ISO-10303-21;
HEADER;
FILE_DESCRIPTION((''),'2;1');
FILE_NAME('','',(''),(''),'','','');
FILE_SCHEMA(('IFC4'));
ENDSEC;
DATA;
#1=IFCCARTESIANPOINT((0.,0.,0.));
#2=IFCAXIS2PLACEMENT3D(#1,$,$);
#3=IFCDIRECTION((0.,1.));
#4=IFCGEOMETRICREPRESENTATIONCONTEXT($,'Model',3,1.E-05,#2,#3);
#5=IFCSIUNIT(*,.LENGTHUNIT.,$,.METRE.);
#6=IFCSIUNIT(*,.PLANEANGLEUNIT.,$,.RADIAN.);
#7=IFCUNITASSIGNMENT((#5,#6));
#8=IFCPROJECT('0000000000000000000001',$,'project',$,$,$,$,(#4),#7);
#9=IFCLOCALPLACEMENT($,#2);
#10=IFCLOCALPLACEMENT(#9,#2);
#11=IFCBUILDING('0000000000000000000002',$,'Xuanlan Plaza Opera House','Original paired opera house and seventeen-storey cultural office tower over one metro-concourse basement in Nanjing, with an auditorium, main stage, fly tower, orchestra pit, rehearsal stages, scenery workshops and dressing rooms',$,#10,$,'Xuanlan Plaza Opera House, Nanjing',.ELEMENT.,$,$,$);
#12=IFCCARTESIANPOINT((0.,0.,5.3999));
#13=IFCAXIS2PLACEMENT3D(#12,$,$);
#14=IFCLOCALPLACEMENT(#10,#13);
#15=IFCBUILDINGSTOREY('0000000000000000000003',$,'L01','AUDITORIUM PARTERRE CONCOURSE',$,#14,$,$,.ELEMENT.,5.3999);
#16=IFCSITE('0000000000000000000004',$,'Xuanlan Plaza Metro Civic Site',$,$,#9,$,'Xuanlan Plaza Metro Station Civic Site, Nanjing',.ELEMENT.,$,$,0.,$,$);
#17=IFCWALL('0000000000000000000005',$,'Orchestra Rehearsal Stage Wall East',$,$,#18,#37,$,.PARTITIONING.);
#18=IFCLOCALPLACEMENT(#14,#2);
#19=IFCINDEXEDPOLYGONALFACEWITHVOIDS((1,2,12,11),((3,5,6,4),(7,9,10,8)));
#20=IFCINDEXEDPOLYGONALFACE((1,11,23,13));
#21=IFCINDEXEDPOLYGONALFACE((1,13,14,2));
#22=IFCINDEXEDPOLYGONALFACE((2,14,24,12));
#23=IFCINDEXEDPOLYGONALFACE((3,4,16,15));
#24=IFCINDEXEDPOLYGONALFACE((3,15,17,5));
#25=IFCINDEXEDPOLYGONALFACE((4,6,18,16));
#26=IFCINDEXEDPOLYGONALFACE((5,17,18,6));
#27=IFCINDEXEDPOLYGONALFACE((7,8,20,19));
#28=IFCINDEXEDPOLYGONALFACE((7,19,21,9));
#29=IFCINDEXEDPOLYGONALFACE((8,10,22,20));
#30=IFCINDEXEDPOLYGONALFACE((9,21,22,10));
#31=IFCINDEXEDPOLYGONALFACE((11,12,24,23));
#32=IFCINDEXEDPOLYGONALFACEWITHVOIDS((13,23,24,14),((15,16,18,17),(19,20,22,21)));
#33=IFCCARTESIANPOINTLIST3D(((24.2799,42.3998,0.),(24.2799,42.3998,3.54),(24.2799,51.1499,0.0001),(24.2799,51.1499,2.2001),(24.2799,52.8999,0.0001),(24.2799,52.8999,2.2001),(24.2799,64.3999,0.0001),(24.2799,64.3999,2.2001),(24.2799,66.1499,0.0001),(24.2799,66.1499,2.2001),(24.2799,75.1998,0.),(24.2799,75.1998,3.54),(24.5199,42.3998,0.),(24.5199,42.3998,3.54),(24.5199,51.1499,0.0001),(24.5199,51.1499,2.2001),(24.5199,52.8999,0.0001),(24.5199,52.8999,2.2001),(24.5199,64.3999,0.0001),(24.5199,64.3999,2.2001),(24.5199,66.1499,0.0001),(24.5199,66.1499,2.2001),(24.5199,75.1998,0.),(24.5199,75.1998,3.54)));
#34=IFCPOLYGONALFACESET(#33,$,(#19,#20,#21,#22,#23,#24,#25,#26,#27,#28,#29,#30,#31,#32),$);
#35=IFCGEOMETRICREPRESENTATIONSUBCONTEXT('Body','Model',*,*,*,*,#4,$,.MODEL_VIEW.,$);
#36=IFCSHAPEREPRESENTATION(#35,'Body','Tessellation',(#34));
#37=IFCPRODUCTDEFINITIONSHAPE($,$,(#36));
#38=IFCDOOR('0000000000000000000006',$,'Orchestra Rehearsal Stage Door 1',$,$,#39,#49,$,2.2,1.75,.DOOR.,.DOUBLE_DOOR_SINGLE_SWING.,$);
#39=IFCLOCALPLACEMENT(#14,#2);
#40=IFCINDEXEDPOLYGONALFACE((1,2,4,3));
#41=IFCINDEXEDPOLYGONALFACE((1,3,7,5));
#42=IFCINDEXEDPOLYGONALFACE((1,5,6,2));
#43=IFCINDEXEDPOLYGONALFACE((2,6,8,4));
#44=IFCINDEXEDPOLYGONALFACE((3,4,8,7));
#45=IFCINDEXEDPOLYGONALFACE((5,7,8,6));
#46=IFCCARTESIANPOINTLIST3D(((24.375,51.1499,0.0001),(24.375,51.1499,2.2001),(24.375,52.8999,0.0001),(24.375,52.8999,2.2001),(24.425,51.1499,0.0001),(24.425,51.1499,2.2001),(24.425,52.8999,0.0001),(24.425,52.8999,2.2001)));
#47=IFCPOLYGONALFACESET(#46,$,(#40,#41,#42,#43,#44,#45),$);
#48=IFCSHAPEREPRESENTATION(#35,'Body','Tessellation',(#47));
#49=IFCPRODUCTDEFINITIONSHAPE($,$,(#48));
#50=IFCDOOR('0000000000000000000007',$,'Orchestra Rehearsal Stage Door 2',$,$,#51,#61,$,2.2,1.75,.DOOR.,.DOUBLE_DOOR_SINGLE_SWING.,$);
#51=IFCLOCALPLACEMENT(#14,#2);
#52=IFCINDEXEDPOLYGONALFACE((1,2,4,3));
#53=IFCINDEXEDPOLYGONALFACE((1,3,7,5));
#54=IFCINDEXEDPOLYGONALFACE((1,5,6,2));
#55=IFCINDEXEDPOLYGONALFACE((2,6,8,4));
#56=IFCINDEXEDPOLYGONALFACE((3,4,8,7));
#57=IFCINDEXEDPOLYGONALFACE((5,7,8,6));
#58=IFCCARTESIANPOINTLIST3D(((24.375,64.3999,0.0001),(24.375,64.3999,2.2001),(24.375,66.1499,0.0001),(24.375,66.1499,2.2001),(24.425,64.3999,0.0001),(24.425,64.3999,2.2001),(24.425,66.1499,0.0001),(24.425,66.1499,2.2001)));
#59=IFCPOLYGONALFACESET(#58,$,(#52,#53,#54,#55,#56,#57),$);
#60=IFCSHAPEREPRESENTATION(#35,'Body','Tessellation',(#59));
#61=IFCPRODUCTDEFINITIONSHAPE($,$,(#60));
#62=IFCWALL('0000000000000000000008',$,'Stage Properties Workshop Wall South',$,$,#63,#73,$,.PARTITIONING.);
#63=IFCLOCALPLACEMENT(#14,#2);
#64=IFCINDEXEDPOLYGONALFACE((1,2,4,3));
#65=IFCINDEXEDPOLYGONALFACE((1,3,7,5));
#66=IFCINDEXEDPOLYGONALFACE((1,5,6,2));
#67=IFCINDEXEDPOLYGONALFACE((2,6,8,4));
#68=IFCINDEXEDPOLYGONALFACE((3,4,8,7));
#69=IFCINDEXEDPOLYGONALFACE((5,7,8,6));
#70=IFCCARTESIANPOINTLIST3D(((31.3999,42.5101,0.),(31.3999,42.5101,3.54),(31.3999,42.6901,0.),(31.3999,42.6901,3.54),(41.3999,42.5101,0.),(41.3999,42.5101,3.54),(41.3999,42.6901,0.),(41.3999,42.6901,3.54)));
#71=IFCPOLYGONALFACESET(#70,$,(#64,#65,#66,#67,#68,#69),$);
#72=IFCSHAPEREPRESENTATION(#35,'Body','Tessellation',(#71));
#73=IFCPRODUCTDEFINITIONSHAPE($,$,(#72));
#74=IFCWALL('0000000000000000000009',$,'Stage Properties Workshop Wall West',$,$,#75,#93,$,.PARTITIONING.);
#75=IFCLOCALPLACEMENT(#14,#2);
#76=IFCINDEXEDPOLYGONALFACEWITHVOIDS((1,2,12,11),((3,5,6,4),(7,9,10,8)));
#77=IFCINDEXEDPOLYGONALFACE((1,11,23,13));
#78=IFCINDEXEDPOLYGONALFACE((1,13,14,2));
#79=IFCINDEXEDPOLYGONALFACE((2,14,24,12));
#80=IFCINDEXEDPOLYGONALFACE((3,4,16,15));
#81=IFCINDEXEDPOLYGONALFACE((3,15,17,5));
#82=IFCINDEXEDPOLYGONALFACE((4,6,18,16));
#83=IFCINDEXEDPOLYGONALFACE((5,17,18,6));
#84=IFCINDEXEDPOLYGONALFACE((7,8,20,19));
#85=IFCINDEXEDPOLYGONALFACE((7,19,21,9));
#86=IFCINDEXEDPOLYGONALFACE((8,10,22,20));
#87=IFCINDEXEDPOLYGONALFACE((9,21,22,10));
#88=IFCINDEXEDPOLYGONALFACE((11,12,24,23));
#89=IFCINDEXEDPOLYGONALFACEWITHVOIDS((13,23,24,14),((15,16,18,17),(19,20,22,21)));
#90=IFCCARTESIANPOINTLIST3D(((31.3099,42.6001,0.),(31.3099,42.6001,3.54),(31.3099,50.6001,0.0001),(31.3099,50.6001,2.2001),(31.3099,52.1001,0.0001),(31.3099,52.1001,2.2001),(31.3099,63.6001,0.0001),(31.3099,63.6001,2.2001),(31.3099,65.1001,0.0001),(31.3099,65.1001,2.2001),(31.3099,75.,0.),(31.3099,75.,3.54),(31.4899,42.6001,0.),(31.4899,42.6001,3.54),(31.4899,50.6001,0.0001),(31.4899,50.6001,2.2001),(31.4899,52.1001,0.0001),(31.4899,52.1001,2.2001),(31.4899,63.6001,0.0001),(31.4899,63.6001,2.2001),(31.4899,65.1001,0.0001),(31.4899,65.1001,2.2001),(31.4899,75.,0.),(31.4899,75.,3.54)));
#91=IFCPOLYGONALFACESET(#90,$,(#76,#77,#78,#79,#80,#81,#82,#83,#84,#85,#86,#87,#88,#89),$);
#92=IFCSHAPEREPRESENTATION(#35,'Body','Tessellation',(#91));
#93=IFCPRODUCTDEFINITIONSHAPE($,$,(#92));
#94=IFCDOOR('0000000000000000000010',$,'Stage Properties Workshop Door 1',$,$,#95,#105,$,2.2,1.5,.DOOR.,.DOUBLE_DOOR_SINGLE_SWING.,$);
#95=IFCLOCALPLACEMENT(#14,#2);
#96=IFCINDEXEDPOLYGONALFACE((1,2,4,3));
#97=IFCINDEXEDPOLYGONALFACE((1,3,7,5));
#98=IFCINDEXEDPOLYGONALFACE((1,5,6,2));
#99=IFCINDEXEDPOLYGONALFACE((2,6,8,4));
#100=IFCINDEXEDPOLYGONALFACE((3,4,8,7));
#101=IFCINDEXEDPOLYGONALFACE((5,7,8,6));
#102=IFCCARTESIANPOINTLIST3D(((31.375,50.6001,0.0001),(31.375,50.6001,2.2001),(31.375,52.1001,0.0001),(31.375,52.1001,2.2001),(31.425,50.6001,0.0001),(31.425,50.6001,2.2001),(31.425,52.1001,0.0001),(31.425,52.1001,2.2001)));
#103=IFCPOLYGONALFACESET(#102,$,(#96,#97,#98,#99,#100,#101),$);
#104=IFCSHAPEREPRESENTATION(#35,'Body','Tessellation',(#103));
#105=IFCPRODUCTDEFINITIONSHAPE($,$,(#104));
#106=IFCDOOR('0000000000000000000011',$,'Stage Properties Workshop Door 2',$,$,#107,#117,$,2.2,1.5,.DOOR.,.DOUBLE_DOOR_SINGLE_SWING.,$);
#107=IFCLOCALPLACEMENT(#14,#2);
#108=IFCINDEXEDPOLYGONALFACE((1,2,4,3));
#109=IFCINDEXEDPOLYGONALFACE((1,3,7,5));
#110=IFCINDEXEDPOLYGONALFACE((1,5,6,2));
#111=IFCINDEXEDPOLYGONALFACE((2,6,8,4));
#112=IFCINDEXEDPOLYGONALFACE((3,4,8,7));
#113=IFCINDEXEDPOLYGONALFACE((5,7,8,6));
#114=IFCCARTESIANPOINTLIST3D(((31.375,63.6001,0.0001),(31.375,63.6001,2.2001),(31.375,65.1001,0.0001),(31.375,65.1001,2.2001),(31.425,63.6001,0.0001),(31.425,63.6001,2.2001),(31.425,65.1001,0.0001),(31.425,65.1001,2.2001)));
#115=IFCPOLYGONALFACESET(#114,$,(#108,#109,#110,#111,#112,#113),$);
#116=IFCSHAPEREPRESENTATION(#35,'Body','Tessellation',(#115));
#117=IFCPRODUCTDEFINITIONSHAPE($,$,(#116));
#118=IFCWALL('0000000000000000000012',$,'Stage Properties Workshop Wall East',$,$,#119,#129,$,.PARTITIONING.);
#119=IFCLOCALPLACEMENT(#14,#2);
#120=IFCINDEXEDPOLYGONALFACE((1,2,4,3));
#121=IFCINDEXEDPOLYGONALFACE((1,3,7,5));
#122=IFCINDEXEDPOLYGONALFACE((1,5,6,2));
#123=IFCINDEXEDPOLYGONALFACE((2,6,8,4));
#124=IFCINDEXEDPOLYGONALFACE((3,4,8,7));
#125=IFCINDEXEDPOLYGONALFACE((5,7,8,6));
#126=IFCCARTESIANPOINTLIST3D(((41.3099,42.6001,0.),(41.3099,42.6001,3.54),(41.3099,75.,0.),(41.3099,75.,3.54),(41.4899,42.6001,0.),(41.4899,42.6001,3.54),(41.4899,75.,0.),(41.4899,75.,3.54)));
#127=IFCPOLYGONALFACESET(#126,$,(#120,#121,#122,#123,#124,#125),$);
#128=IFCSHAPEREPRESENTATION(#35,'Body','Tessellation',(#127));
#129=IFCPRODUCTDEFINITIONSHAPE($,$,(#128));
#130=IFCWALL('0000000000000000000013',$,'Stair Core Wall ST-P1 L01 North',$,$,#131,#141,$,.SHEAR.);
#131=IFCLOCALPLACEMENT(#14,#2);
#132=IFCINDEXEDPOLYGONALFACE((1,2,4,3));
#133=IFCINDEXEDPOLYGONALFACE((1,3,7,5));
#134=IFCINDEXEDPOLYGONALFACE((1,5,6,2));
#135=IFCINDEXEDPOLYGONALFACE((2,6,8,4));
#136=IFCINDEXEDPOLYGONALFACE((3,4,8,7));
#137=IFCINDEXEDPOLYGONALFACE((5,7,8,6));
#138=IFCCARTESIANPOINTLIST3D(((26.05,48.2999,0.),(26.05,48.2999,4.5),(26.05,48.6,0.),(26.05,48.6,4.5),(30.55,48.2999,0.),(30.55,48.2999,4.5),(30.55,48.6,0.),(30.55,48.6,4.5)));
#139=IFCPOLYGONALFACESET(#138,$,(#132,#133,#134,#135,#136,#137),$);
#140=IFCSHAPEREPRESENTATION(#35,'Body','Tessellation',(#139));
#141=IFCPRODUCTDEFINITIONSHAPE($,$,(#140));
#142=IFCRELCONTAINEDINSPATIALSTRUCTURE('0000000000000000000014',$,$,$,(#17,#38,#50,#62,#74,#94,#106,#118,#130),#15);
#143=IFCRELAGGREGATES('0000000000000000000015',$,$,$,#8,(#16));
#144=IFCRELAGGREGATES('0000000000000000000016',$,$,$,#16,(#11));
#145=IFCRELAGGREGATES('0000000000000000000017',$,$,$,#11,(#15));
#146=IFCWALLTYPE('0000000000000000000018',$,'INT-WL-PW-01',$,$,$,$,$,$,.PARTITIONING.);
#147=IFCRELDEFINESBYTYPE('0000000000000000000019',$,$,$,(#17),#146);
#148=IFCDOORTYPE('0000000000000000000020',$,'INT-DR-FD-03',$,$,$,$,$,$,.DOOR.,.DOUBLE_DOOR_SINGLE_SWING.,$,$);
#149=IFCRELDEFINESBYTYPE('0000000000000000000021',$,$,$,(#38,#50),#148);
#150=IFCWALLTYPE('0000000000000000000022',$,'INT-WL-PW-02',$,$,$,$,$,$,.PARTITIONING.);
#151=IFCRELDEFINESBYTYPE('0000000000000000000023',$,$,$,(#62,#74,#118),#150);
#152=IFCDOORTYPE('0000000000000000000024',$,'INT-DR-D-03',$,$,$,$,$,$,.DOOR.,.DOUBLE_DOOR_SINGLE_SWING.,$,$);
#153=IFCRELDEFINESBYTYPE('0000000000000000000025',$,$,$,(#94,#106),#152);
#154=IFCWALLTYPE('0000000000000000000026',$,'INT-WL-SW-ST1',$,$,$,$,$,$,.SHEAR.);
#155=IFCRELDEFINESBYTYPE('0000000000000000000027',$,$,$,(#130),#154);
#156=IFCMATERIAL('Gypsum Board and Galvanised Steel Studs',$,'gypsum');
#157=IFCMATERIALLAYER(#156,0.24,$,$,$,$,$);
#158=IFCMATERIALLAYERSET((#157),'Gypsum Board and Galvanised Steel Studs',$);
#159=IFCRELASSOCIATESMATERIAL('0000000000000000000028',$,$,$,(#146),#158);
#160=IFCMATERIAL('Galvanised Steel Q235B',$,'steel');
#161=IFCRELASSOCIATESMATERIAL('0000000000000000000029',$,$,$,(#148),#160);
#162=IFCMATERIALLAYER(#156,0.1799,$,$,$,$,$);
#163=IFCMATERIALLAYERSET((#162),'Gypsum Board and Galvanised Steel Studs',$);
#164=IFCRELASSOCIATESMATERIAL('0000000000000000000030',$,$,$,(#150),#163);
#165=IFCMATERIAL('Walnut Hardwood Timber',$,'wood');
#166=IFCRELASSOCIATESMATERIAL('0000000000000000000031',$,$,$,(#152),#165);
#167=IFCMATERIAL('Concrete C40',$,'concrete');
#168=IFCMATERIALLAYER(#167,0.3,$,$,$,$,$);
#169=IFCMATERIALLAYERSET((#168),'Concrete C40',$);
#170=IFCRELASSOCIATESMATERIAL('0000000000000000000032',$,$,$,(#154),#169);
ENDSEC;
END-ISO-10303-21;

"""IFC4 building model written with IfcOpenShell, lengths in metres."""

from ifc_helpers import new_model, si_unit, direction, frame, frame_2d, origin, place, context, subcontext, project, spatial, rectangle, extrude, material, layer, layer_set, type_object, element, fill, save


model = new_model("IFC4")

# Units and contexts
model_context = context("Model", 3, precision=1e-05, world=origin(), true_north=direction((0.0, 1.0)))
body_context = subcontext(model_context, "Body", "Model", "MODEL_VIEW")
ifc_project = project(units=[si_unit("LENGTHUNIT", "METRE"), si_unit("PLANEANGLEUNIT", "RADIAN")], contexts=[model_context])

# Site, building, storey
site_placement = place(None, origin())
site = spatial("IfcSite", under=ifc_project, at=site_placement, Name="Xuanlan Plaza Metro Civic Site", LongName="Xuanlan Plaza Metro Station Civic Site, Nanjing", CompositionType="ELEMENT", RefElevation=0.0)
building_placement = place(site_placement, origin())
building = spatial("IfcBuilding", under=site, at=building_placement, Name="Xuanlan Plaza Opera House", Description="Original paired opera house and seventeen-storey cultural office tower over one metro-concourse basement in Nanjing, with an auditorium, main stage, fly tower, orchestra pit, rehearsal stages, scenery workshops and dressing rooms", LongName="Xuanlan Plaza Opera House, Nanjing", CompositionType="ELEMENT")
storey_placement = place(building_placement, frame((0.0, 0.0, 5.3999)))
storey = spatial("IfcBuildingStorey", under=building, at=storey_placement, Name="L01", Description="AUDITORIUM PARTERRE CONCOURSE", CompositionType="ELEMENT", Elevation=5.3999)

# Shared definitions
ifc_material_1 = material(Name="Concrete C40", Category="concrete")

# Wall, openings, doors
ifc_material_2 = material(Name="Gypsum Board and Galvanised Steel Studs", Category="gypsum")
ifc_layer_1 = layer(ifc_material_2, 0.24)
ifc_layer_set_1 = layer_set([ifc_layer_1], Name="Gypsum Board and Galvanised Steel Studs")
wall_type_1 = type_object("IfcWallType", Name="INT-WL-PW-01", PredefinedType="PARTITIONING", material=ifc_layer_set_1)
wall_1_placement = place(storey_placement, frame((24.3999, 42.3999, 0.0), z_axis=(0.0, 0.0, 1.0), x_axis=(0.0, 1.0, 0.0)))
wall_1 = element("IfcWall", 1, at=wall_1_placement, inside=storey, type_object=wall_type_1, Name="Orchestra Rehearsal Stage Wall East", PredefinedType="PARTITIONING", context=body_context, shape_type="SweptSolid", body=[
    extrude(rectangle(XDim=32.8, YDim=0.24, at=frame_2d((16.3999, 0.0))), origin(), (0.0, 0.0, 1.0), 3.54),
])
opening_1_placement = place(wall_1_placement, frame((8.75, 0.0, 0.0)))
opening_1 = element("IfcOpeningElement", 2, at=opening_1_placement, cuts=wall_1, PredefinedType="OPENING", context=body_context, shape_type="SweptSolid", body=[
    extrude(rectangle(XDim=1.75, YDim=2.2, at=frame_2d((0.875, 1.1001))), frame((0.0, 0.1299, 0.0), z_axis=(0.0, -1.0, 0.0), x_axis=(1.0, 0.0, 0.0)), (0.0, 0.0, 1.0), 0.26),
])
opening_2_placement = place(wall_1_placement, frame((22.0, 0.0, 0.0)))
opening_2 = element("IfcOpeningElement", 3, at=opening_2_placement, cuts=wall_1, PredefinedType="OPENING", context=body_context, shape_type="SweptSolid", body=[
    extrude(rectangle(XDim=1.75, YDim=2.2, at=frame_2d((0.875, 1.1001))), frame((0.0, 0.1299, 0.0), z_axis=(0.0, -1.0, 0.0), x_axis=(1.0, 0.0, 0.0)), (0.0, 0.0, 1.0), 0.26),
])
ifc_material_3 = material(Name="Galvanised Steel Q235B", Category="steel")
door_type_1 = type_object("IfcDoorType", Name="INT-DR-FD-03", OperationType="DOUBLE_DOOR_SINGLE_SWING", PredefinedType="DOOR", material=ifc_material_3)
door_1_placement = place(opening_1_placement, origin())
door_1 = element("IfcDoor", 4, at=door_1_placement, inside=storey, type_object=door_type_1, Name="Orchestra Rehearsal Stage Door 1", OperationType="DOUBLE_DOOR_SINGLE_SWING", OverallHeight=2.2, OverallWidth=1.75, PredefinedType="DOOR", context=body_context, shape_type="SweptSolid", body=[
    extrude(rectangle(XDim=1.75, YDim=2.2, at=frame_2d((0.875, 1.1001))), frame((0.0, 0.0249, 0.0), z_axis=(0.0, -1.0, 0.0), x_axis=(1.0, 0.0, 0.0)), (0.0, 0.0, 1.0), 0.05),
])
fill(opening_1, door_1)
door_2_placement = place(opening_2_placement, origin())
door_2 = element("IfcDoor", 5, at=door_2_placement, inside=storey, type_object=door_type_1, Name="Orchestra Rehearsal Stage Door 2", OperationType="DOUBLE_DOOR_SINGLE_SWING", OverallHeight=2.2, OverallWidth=1.75, PredefinedType="DOOR", context=body_context, shape_type="SweptSolid", body=[
    extrude(rectangle(XDim=1.75, YDim=2.2, at=frame_2d((0.875, 1.1001))), frame((0.0, 0.0249, 0.0), z_axis=(0.0, -1.0, 0.0), x_axis=(1.0, 0.0, 0.0)), (0.0, 0.0, 1.0), 0.05),
])
fill(opening_2, door_2)

# Wall
ifc_layer_2 = layer(ifc_material_2, 0.1799)
ifc_layer_set_2 = layer_set([ifc_layer_2], Name="Gypsum Board and Galvanised Steel Studs")
wall_type_2 = type_object("IfcWallType", Name="INT-WL-PW-02", PredefinedType="PARTITIONING", material=ifc_layer_set_2)
wall_2_placement = place(storey_placement, frame((31.3999, 42.6001, 0.0), z_axis=(0.0, 0.0, 1.0), x_axis=(1.0, 0.0, 0.0)))
element("IfcWall", 6, at=wall_2_placement, inside=storey, type_object=wall_type_2, Name="Stage Properties Workshop Wall South", PredefinedType="PARTITIONING", context=body_context, shape_type="SweptSolid", body=[
    extrude(rectangle(XDim=10.0, YDim=0.1799, at=frame_2d((5.0, 0.0))), origin(), (0.0, 0.0, 1.0), 3.54),
])

# Wall, openings, doors
wall_3_placement = place(storey_placement, frame((31.3999, 42.6001, 0.0), z_axis=(0.0, 0.0, 1.0), x_axis=(0.0, 1.0, 0.0)))
wall_3 = element("IfcWall", 7, at=wall_3_placement, inside=storey, type_object=wall_type_2, Name="Stage Properties Workshop Wall West", PredefinedType="PARTITIONING", context=body_context, shape_type="SweptSolid", body=[
    extrude(rectangle(XDim=32.3999, YDim=0.1799, at=frame_2d((16.2, 0.0))), origin(), (0.0, 0.0, 1.0), 3.54),
])
opening_3_placement = place(wall_3_placement, frame((8.0, 0.0, 0.0)))
opening_3 = element("IfcOpeningElement", 8, at=opening_3_placement, cuts=wall_3, PredefinedType="OPENING", context=body_context, shape_type="SweptSolid", body=[
    extrude(rectangle(XDim=1.5, YDim=2.2, at=frame_2d((0.75, 1.1001))), frame((0.0, 0.0999, 0.0), z_axis=(0.0, -1.0, 0.0), x_axis=(1.0, 0.0, 0.0)), (0.0, 0.0, 1.0), 0.2),
])
opening_4_placement = place(wall_3_placement, frame((21.0, 0.0, 0.0)))
opening_4 = element("IfcOpeningElement", 9, at=opening_4_placement, cuts=wall_3, PredefinedType="OPENING", context=body_context, shape_type="SweptSolid", body=[
    extrude(rectangle(XDim=1.5, YDim=2.2, at=frame_2d((0.75, 1.1001))), frame((0.0, 0.0999, 0.0), z_axis=(0.0, -1.0, 0.0), x_axis=(1.0, 0.0, 0.0)), (0.0, 0.0, 1.0), 0.2),
])
ifc_material_4 = material(Name="Walnut Hardwood Timber", Category="wood")
door_type_2 = type_object("IfcDoorType", Name="INT-DR-D-03", OperationType="DOUBLE_DOOR_SINGLE_SWING", PredefinedType="DOOR", material=ifc_material_4)
door_3_placement = place(opening_3_placement, origin())
door_3 = element("IfcDoor", 10, at=door_3_placement, inside=storey, type_object=door_type_2, Name="Stage Properties Workshop Door 1", OperationType="DOUBLE_DOOR_SINGLE_SWING", OverallHeight=2.2, OverallWidth=1.5, PredefinedType="DOOR", context=body_context, shape_type="SweptSolid", body=[
    extrude(rectangle(XDim=1.5, YDim=2.2, at=frame_2d((0.75, 1.1001))), frame((0.0, 0.0249, 0.0), z_axis=(0.0, -1.0, 0.0), x_axis=(1.0, 0.0, 0.0)), (0.0, 0.0, 1.0), 0.05),
])
fill(opening_3, door_3)
door_4_placement = place(opening_4_placement, origin())
door_4 = element("IfcDoor", 11, at=door_4_placement, inside=storey, type_object=door_type_2, Name="Stage Properties Workshop Door 2", OperationType="DOUBLE_DOOR_SINGLE_SWING", OverallHeight=2.2, OverallWidth=1.5, PredefinedType="DOOR", context=body_context, shape_type="SweptSolid", body=[
    extrude(rectangle(XDim=1.5, YDim=2.2, at=frame_2d((0.75, 1.1001))), frame((0.0, 0.0249, 0.0), z_axis=(0.0, -1.0, 0.0), x_axis=(1.0, 0.0, 0.0)), (0.0, 0.0, 1.0), 0.05),
])
fill(opening_4, door_4)

# Walls
wall_4_placement = place(storey_placement, frame((41.3999, 42.6001, 0.0), z_axis=(0.0, 0.0, 1.0), x_axis=(0.0, 1.0, 0.0)))
element("IfcWall", 12, at=wall_4_placement, inside=storey, type_object=wall_type_2, Name="Stage Properties Workshop Wall East", PredefinedType="PARTITIONING", context=body_context, shape_type="SweptSolid", body=[
    extrude(rectangle(XDim=32.3999, YDim=0.1799, at=frame_2d((16.2, 0.0))), origin(), (0.0, 0.0, 1.0), 3.54),
])
ifc_layer_3 = layer(ifc_material_1, 0.3)
ifc_layer_set_3 = layer_set([ifc_layer_3], Name="Concrete C40")
wall_type_3 = type_object("IfcWallType", Name="INT-WL-SW-ST1", PredefinedType="SHEAR", material=ifc_layer_set_3)
wall_5_placement = place(storey_placement, frame((26.05, 48.45, 0.0), z_axis=(0.0, 0.0, 1.0), x_axis=(1.0, 0.0, 0.0)))
element("IfcWall", 13, at=wall_5_placement, inside=storey, type_object=wall_type_3, Name="Stair Core Wall ST-P1 L01 North", PredefinedType="SHEAR", context=body_context, shape_type="SweptSolid", body=[
    extrude(rectangle(XDim=4.5, YDim=0.3, at=frame_2d((2.25, 0.0))), origin(), (0.0, 0.0, 1.0), 4.5),
])

save(model, "model.ifc")
